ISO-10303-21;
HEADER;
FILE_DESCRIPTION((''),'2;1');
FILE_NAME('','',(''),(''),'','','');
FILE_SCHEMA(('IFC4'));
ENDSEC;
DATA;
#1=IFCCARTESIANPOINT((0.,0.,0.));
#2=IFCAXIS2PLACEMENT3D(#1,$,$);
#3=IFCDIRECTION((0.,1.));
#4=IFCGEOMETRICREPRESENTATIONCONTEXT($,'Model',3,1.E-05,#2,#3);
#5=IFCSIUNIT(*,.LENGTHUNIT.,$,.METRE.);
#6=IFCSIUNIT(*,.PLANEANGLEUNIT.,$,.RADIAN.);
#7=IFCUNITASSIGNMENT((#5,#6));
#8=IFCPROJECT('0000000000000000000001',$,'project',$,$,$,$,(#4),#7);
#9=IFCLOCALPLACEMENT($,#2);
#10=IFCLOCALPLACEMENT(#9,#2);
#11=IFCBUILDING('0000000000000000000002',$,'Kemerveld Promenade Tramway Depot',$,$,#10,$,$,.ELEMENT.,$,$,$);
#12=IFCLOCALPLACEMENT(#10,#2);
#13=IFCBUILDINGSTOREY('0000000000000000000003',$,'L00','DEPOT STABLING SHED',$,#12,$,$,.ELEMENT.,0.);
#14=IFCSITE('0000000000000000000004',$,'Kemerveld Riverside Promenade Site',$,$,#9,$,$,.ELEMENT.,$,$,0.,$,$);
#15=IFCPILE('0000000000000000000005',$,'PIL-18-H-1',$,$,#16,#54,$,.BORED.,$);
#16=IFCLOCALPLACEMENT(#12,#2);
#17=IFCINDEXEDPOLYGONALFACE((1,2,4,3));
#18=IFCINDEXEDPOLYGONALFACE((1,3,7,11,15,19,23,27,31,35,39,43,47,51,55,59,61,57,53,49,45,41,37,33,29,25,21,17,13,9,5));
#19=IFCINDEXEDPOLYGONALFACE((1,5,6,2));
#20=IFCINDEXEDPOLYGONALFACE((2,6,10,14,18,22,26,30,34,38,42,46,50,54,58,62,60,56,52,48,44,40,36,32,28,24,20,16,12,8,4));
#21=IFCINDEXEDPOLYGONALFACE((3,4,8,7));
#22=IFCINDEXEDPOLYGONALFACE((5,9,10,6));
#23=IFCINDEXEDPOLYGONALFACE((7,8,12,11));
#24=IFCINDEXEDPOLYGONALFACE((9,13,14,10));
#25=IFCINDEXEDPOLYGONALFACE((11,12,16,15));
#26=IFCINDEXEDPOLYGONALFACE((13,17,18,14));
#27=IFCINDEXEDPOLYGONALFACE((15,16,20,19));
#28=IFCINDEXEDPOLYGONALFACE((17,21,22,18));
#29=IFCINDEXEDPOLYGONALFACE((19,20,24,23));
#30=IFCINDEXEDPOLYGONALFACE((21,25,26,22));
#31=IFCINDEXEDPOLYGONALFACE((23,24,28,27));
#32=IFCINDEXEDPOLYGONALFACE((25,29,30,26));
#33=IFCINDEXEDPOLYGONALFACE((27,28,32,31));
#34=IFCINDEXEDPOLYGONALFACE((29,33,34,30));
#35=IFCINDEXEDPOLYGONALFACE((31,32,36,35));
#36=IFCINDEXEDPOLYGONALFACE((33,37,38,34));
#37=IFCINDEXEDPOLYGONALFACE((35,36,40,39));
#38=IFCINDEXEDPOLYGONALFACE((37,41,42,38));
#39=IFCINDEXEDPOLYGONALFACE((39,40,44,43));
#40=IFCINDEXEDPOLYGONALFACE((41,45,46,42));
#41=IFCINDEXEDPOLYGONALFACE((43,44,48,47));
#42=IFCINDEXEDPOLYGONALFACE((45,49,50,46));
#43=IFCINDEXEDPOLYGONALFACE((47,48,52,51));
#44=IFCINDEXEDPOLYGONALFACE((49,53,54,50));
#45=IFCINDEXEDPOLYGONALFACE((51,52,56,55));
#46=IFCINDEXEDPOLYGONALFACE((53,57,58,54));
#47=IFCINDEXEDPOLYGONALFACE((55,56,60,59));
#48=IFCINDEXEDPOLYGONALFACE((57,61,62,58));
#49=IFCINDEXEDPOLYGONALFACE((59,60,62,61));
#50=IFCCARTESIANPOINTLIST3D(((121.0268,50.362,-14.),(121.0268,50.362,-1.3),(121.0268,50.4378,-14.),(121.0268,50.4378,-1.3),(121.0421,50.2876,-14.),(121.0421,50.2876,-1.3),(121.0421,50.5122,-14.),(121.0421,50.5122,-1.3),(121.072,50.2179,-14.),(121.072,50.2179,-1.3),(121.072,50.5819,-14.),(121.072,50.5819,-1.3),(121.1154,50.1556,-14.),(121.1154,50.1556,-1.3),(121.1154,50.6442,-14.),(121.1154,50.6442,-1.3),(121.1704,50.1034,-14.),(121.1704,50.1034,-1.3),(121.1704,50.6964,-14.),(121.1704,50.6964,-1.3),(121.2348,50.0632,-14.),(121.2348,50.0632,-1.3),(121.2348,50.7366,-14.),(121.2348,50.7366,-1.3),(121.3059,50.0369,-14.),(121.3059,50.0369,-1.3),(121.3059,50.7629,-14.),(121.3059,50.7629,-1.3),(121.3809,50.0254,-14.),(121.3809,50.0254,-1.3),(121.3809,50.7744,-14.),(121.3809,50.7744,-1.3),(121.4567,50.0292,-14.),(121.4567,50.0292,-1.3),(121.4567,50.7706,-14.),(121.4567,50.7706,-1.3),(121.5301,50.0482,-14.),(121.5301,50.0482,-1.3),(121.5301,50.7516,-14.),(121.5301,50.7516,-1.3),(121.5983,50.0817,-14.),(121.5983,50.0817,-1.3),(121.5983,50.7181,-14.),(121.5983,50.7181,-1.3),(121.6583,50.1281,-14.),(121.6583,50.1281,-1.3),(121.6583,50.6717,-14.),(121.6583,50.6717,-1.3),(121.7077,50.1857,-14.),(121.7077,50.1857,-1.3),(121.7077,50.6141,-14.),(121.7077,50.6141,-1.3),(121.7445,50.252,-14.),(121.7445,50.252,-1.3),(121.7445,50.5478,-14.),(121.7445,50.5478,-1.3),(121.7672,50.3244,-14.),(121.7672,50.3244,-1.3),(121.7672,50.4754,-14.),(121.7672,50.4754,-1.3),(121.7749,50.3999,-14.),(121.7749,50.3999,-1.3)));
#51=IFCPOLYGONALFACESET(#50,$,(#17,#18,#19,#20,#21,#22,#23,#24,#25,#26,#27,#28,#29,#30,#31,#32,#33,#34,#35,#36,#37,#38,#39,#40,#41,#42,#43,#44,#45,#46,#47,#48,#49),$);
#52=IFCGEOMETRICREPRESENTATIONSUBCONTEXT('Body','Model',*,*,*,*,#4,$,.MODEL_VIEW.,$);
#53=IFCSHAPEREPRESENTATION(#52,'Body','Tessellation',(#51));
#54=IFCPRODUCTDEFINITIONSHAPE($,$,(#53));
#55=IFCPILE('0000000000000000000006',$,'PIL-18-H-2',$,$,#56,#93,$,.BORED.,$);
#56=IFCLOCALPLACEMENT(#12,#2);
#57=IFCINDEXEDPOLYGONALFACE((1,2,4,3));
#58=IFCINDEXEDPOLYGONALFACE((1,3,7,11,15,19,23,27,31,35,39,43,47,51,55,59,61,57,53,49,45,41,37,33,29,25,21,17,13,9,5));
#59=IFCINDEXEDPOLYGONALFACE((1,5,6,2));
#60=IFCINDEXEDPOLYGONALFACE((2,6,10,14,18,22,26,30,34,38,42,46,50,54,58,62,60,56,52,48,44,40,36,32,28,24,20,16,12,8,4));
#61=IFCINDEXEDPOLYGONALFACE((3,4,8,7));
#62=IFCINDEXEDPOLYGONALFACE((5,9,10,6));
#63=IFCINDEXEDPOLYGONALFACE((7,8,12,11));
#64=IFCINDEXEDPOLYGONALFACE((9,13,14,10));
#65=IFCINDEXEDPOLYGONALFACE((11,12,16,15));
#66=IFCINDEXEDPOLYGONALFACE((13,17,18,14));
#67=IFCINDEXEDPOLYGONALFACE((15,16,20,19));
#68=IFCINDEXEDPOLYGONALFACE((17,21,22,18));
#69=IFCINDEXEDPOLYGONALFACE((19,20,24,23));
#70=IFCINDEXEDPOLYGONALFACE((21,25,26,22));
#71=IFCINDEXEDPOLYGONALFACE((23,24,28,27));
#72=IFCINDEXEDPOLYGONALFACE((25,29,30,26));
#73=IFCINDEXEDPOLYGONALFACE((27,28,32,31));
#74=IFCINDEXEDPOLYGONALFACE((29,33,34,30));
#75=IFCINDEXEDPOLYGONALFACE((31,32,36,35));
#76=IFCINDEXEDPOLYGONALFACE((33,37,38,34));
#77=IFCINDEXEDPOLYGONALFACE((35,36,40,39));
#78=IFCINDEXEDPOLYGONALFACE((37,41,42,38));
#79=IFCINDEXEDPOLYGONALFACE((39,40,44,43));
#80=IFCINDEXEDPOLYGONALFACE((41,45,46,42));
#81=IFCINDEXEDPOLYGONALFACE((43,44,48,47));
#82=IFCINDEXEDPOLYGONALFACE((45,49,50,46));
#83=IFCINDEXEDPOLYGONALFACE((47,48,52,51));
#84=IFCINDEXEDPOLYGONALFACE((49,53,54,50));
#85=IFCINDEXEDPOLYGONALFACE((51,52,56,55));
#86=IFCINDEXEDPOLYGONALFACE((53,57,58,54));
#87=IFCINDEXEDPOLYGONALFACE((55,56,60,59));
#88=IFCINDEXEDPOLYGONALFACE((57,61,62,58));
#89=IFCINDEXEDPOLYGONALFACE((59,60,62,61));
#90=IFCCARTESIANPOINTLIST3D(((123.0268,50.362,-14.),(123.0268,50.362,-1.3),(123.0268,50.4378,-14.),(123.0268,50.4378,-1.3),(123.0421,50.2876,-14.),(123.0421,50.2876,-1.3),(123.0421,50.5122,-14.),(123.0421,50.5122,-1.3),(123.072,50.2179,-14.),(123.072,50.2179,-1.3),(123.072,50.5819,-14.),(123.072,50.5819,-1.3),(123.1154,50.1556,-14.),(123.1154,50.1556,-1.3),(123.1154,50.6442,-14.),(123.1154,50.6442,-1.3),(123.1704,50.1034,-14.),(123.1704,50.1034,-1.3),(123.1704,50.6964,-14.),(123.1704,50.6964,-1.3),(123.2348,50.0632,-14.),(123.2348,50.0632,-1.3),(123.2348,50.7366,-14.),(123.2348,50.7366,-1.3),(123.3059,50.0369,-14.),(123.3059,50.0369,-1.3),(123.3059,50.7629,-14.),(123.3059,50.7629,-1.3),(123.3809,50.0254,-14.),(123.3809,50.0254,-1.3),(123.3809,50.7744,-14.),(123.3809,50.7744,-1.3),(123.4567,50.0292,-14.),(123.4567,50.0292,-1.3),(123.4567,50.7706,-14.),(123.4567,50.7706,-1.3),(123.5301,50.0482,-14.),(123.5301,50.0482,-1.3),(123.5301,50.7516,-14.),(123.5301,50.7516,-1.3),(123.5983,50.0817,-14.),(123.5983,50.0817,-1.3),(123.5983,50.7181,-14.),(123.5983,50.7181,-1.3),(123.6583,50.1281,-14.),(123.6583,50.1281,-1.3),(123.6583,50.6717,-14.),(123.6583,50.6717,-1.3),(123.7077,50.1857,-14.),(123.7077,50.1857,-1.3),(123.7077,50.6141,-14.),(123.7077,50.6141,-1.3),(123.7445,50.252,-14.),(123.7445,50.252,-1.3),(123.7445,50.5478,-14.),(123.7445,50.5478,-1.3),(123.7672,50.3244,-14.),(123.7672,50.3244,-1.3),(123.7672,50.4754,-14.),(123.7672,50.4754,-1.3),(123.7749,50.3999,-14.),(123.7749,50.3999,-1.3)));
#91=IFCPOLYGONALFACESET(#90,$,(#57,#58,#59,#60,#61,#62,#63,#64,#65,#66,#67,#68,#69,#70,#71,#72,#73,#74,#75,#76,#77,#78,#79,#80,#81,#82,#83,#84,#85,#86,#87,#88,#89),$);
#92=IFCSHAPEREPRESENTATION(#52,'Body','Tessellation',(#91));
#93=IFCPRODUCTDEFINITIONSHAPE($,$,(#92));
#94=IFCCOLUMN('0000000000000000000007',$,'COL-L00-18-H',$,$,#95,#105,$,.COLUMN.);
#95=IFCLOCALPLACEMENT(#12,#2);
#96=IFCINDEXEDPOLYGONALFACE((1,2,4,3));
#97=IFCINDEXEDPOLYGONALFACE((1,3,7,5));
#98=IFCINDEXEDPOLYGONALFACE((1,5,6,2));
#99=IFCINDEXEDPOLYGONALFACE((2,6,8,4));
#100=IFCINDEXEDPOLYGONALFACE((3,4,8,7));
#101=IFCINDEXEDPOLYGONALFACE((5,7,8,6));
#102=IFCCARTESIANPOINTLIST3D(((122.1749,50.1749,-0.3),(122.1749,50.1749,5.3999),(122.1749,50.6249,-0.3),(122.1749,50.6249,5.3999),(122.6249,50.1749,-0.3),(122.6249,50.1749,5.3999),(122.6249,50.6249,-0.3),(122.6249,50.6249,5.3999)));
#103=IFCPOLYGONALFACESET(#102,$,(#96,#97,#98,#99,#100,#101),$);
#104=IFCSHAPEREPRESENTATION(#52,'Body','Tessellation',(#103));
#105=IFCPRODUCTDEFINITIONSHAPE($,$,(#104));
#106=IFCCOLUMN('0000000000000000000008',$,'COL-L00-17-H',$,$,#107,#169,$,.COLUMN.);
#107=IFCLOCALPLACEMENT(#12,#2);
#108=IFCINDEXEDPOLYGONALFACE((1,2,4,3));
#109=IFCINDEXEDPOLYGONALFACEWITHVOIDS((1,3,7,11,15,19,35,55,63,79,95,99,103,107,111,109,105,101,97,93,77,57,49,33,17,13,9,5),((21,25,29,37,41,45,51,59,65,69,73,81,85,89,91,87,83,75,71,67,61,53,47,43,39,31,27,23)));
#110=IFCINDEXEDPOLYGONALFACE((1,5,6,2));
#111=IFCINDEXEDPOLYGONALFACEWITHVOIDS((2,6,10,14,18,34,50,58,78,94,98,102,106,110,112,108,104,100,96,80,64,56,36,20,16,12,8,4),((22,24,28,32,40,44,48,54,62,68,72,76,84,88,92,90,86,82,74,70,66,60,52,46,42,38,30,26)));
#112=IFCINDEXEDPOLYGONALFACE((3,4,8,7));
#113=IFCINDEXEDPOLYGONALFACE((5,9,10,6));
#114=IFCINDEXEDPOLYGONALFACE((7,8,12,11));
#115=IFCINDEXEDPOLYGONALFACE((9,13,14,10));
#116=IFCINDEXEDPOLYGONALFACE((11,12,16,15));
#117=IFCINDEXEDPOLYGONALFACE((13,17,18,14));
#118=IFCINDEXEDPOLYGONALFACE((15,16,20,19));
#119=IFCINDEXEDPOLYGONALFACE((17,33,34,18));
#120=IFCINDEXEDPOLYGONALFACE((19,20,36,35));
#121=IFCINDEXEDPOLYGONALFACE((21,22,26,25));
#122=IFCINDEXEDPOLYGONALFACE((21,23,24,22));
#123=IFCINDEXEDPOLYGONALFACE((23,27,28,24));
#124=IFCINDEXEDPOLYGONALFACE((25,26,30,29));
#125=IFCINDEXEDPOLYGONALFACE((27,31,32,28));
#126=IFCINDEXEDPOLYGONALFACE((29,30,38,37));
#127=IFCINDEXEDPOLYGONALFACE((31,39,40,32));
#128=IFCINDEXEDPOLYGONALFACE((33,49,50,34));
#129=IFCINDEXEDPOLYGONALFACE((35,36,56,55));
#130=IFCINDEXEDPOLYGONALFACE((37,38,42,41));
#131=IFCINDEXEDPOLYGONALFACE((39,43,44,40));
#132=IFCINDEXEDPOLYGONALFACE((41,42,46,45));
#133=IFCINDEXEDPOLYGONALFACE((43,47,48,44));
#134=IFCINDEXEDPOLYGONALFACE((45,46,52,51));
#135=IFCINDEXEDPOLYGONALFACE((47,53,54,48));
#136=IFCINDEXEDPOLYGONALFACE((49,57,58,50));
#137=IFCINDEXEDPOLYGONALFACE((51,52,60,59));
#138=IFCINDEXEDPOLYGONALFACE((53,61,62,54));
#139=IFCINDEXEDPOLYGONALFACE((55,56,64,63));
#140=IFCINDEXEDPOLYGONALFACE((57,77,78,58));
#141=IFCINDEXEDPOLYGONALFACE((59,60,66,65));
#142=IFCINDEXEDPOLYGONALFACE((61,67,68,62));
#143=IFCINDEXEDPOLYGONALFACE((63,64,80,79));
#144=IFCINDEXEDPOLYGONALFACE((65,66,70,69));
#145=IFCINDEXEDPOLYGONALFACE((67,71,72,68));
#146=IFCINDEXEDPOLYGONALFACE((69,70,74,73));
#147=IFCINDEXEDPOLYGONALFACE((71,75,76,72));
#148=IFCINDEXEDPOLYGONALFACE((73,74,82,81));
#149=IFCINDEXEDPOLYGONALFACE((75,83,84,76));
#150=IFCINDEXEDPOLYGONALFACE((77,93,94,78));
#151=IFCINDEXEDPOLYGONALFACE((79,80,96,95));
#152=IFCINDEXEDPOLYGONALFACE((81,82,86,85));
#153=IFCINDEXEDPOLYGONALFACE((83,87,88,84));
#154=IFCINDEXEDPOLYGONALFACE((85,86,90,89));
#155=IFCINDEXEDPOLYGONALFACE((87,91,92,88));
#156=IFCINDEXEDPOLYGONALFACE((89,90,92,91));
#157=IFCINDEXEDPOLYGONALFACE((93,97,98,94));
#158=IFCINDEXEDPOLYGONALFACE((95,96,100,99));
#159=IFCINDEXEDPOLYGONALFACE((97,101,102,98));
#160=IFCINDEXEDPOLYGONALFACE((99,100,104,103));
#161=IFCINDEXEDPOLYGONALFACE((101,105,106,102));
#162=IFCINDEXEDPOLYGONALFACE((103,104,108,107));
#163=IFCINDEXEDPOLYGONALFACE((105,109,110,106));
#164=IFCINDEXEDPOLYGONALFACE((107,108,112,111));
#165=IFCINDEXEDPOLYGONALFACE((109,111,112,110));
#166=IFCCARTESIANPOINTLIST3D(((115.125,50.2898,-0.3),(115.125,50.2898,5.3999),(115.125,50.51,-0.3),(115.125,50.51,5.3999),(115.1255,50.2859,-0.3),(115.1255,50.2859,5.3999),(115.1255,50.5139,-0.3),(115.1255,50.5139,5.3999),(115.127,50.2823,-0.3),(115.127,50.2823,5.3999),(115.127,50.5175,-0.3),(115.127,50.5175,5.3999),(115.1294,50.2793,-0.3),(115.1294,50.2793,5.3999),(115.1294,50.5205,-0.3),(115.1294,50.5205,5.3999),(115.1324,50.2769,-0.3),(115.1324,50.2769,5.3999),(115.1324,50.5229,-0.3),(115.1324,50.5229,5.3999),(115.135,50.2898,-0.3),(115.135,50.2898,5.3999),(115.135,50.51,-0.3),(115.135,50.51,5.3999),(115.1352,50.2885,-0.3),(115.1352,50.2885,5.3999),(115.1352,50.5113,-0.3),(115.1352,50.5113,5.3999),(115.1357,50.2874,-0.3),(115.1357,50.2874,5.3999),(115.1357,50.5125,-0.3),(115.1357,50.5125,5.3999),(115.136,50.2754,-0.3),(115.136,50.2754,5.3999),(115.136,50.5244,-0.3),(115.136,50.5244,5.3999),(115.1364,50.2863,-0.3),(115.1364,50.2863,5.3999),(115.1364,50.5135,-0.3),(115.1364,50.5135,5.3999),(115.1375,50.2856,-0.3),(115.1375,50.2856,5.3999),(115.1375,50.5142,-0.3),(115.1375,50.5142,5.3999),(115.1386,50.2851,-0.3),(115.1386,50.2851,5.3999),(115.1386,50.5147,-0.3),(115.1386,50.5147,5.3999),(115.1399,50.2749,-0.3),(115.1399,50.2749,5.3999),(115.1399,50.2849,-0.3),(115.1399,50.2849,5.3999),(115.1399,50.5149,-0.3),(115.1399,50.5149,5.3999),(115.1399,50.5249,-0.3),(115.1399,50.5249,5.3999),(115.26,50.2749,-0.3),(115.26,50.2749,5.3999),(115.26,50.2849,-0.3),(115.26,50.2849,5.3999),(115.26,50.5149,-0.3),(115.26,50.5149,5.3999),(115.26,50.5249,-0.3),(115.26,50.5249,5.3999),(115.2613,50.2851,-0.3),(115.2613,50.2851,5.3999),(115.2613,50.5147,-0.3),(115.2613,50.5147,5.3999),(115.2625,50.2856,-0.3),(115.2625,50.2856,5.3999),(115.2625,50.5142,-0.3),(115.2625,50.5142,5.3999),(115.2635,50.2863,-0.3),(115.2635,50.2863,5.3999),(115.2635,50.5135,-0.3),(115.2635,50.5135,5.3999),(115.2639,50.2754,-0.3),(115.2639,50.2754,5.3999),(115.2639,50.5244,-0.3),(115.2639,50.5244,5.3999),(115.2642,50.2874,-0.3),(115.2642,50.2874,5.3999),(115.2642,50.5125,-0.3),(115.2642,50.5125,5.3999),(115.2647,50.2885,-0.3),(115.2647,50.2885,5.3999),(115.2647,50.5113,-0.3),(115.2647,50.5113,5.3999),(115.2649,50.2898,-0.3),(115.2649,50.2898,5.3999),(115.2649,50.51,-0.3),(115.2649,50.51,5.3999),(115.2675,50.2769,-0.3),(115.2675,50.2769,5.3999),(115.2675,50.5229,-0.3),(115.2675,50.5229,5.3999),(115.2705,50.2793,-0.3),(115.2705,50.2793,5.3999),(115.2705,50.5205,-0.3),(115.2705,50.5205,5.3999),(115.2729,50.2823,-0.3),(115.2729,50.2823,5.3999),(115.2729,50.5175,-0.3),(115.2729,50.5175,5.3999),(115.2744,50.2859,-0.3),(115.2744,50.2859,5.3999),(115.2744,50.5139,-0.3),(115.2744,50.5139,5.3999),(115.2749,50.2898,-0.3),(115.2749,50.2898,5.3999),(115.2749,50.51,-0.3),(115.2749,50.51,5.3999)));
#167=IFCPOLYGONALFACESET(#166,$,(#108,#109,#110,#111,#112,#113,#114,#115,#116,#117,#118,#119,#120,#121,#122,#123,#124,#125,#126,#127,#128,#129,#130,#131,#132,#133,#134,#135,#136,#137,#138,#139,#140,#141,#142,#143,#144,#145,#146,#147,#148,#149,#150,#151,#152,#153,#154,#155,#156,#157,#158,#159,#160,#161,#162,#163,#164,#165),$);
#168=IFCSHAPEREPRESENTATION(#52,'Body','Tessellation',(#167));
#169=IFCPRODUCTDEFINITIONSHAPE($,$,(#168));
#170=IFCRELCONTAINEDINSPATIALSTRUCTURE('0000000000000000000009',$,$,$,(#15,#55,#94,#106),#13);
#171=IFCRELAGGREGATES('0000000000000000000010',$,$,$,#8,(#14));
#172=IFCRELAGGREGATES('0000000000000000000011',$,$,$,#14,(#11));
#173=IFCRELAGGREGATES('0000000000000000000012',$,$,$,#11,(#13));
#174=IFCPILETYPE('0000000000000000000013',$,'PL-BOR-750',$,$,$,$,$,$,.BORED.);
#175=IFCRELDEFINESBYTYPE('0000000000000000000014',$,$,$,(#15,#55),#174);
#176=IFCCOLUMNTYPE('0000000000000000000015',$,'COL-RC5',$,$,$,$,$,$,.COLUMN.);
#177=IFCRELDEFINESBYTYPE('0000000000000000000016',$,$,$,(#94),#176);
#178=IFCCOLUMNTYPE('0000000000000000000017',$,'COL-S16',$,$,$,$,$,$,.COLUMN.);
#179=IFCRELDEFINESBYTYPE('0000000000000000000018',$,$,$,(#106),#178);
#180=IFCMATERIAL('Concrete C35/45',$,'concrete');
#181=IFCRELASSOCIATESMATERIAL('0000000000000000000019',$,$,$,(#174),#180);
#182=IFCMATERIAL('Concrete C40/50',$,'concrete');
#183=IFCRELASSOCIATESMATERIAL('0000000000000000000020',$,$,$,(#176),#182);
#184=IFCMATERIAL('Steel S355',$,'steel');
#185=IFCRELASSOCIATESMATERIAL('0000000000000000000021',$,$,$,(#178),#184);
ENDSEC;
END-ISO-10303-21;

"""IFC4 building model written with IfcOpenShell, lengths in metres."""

from ifc_helpers import new_model, si_unit, direction, frame, origin, origin_2d, place, context, subcontext, project, spatial, rectangle, hollow_rectangle, circle, extrude, material, material_profile, profile_set, type_object, element, save


model = new_model("IFC4")

# Units and contexts
model_context = context("Model", 3, precision=1e-05, world=origin(), true_north=direction((0.0, 1.0)))
body_context = subcontext(model_context, "Body", "Model", "MODEL_VIEW")
ifc_project = project(units=[si_unit("LENGTHUNIT", "METRE"), si_unit("PLANEANGLEUNIT", "RADIAN")], contexts=[model_context])

# Site, building, storey
site_placement = place(None, origin())
site = spatial("IfcSite", under=ifc_project, at=site_placement, Name="Kemerveld Riverside Promenade Site", CompositionType="ELEMENT", RefElevation=0.0)
building_placement = place(site_placement, origin())
building = spatial("IfcBuilding", under=site, at=building_placement, Name="Kemerveld Promenade Tramway Depot", CompositionType="ELEMENT")
storey_placement = place(building_placement, origin())
storey = spatial("IfcBuildingStorey", under=building, at=storey_placement, Name="L00", Description="DEPOT STABLING SHED", CompositionType="ELEMENT", Elevation=0.0)

# Shared definitions
ifc_material_1 = material(Name="Concrete C35/45", Category="concrete")

# Piles
ifc_material_profile_1 = material_profile(ifc_material_1, circle(Radius=0.375, at=origin_2d()), Name="PILE-D750")
ifc_profile_set_1 = profile_set([ifc_material_profile_1], Name="Concrete C35/45")
pile_type_1 = type_object("IfcPileType", Name="PL-BOR-750", PredefinedType="BORED", material=ifc_profile_set_1)
for number, where, z_axis, x_axis, name in (
    (1, (121.3999, 50.3999, -1.3), (0.0, 0.0, -1.0), (1.0, 0.0, 0.0), "PIL-18-H-1"),
    (2, (123.3999, 50.3999, -1.3), (0.0, 0.0, -1.0), (1.0, 0.0, 0.0), "PIL-18-H-2"),
):
    element("IfcPile", number, at=place(storey_placement, frame(where, z_axis=z_axis, x_axis=x_axis)), inside=storey, type_object=pile_type_1, Name=name, PredefinedType="BORED", context=body_context, shape_type="SweptSolid", body=[
        extrude(circle(Radius=0.375, at=origin_2d()), origin(), (0.0, 0.0, 1.0), 12.7),
    ])

# Columns
ifc_material_2 = material(Name="Concrete C40/50", Category="concrete")
ifc_material_profile_2 = material_profile(ifc_material_2, rectangle(XDim=0.45, YDim=0.45, at=origin_2d()), Name="RC-COL-450x450")
ifc_profile_set_2 = profile_set([ifc_material_profile_2], Name="Concrete C40/50")
column_type_1 = type_object("IfcColumnType", Name="COL-RC5", PredefinedType="COLUMN", material=ifc_profile_set_2)
column_1_placement = place(storey_placement, frame((122.3999, 50.3999, -0.3), z_axis=(0.0, 0.0, 1.0), x_axis=(1.0, 0.0, 0.0)))
element("IfcColumn", 3, at=column_1_placement, inside=storey, type_object=column_type_1, Name="COL-L00-18-H", PredefinedType="COLUMN", context=body_context, shape_type="SweptSolid", body=[
    extrude(rectangle(XDim=0.45, YDim=0.45, at=origin_2d()), origin(), (0.0, 0.0, 1.0), 5.7),
])
ifc_material_3 = material(Name="Steel S355", Category="steel")
ifc_material_profile_3 = material_profile(ifc_material_3, hollow_rectangle(XDim=0.1499, YDim=0.25, WallThickness=0.01, InnerFilletRadius=0.0049, OuterFilletRadius=0.0149, at=origin_2d()), Name="250x150x10.0 RHS")
ifc_profile_set_3 = profile_set([ifc_material_profile_3], Name="Steel S355")
column_type_2 = type_object("IfcColumnType", Name="COL-S16", PredefinedType="COLUMN", material=ifc_profile_set_3)
column_2_placement = place(storey_placement, frame((115.2, 50.3999, -0.3), z_axis=(0.0, 0.0, 1.0), x_axis=(1.0, 0.0, 0.0)))
element("IfcColumn", 4, at=column_2_placement, inside=storey, type_object=column_type_2, Name="COL-L00-17-H", PredefinedType="COLUMN", context=body_context, shape_type="SweptSolid", body=[
    extrude(hollow_rectangle(XDim=0.1499, YDim=0.25, WallThickness=0.01, InnerFilletRadius=0.0049, OuterFilletRadius=0.0149, at=origin_2d()), origin(), (0.0, 0.0, 1.0), 5.7),
])

save(model, "model.ifc")
